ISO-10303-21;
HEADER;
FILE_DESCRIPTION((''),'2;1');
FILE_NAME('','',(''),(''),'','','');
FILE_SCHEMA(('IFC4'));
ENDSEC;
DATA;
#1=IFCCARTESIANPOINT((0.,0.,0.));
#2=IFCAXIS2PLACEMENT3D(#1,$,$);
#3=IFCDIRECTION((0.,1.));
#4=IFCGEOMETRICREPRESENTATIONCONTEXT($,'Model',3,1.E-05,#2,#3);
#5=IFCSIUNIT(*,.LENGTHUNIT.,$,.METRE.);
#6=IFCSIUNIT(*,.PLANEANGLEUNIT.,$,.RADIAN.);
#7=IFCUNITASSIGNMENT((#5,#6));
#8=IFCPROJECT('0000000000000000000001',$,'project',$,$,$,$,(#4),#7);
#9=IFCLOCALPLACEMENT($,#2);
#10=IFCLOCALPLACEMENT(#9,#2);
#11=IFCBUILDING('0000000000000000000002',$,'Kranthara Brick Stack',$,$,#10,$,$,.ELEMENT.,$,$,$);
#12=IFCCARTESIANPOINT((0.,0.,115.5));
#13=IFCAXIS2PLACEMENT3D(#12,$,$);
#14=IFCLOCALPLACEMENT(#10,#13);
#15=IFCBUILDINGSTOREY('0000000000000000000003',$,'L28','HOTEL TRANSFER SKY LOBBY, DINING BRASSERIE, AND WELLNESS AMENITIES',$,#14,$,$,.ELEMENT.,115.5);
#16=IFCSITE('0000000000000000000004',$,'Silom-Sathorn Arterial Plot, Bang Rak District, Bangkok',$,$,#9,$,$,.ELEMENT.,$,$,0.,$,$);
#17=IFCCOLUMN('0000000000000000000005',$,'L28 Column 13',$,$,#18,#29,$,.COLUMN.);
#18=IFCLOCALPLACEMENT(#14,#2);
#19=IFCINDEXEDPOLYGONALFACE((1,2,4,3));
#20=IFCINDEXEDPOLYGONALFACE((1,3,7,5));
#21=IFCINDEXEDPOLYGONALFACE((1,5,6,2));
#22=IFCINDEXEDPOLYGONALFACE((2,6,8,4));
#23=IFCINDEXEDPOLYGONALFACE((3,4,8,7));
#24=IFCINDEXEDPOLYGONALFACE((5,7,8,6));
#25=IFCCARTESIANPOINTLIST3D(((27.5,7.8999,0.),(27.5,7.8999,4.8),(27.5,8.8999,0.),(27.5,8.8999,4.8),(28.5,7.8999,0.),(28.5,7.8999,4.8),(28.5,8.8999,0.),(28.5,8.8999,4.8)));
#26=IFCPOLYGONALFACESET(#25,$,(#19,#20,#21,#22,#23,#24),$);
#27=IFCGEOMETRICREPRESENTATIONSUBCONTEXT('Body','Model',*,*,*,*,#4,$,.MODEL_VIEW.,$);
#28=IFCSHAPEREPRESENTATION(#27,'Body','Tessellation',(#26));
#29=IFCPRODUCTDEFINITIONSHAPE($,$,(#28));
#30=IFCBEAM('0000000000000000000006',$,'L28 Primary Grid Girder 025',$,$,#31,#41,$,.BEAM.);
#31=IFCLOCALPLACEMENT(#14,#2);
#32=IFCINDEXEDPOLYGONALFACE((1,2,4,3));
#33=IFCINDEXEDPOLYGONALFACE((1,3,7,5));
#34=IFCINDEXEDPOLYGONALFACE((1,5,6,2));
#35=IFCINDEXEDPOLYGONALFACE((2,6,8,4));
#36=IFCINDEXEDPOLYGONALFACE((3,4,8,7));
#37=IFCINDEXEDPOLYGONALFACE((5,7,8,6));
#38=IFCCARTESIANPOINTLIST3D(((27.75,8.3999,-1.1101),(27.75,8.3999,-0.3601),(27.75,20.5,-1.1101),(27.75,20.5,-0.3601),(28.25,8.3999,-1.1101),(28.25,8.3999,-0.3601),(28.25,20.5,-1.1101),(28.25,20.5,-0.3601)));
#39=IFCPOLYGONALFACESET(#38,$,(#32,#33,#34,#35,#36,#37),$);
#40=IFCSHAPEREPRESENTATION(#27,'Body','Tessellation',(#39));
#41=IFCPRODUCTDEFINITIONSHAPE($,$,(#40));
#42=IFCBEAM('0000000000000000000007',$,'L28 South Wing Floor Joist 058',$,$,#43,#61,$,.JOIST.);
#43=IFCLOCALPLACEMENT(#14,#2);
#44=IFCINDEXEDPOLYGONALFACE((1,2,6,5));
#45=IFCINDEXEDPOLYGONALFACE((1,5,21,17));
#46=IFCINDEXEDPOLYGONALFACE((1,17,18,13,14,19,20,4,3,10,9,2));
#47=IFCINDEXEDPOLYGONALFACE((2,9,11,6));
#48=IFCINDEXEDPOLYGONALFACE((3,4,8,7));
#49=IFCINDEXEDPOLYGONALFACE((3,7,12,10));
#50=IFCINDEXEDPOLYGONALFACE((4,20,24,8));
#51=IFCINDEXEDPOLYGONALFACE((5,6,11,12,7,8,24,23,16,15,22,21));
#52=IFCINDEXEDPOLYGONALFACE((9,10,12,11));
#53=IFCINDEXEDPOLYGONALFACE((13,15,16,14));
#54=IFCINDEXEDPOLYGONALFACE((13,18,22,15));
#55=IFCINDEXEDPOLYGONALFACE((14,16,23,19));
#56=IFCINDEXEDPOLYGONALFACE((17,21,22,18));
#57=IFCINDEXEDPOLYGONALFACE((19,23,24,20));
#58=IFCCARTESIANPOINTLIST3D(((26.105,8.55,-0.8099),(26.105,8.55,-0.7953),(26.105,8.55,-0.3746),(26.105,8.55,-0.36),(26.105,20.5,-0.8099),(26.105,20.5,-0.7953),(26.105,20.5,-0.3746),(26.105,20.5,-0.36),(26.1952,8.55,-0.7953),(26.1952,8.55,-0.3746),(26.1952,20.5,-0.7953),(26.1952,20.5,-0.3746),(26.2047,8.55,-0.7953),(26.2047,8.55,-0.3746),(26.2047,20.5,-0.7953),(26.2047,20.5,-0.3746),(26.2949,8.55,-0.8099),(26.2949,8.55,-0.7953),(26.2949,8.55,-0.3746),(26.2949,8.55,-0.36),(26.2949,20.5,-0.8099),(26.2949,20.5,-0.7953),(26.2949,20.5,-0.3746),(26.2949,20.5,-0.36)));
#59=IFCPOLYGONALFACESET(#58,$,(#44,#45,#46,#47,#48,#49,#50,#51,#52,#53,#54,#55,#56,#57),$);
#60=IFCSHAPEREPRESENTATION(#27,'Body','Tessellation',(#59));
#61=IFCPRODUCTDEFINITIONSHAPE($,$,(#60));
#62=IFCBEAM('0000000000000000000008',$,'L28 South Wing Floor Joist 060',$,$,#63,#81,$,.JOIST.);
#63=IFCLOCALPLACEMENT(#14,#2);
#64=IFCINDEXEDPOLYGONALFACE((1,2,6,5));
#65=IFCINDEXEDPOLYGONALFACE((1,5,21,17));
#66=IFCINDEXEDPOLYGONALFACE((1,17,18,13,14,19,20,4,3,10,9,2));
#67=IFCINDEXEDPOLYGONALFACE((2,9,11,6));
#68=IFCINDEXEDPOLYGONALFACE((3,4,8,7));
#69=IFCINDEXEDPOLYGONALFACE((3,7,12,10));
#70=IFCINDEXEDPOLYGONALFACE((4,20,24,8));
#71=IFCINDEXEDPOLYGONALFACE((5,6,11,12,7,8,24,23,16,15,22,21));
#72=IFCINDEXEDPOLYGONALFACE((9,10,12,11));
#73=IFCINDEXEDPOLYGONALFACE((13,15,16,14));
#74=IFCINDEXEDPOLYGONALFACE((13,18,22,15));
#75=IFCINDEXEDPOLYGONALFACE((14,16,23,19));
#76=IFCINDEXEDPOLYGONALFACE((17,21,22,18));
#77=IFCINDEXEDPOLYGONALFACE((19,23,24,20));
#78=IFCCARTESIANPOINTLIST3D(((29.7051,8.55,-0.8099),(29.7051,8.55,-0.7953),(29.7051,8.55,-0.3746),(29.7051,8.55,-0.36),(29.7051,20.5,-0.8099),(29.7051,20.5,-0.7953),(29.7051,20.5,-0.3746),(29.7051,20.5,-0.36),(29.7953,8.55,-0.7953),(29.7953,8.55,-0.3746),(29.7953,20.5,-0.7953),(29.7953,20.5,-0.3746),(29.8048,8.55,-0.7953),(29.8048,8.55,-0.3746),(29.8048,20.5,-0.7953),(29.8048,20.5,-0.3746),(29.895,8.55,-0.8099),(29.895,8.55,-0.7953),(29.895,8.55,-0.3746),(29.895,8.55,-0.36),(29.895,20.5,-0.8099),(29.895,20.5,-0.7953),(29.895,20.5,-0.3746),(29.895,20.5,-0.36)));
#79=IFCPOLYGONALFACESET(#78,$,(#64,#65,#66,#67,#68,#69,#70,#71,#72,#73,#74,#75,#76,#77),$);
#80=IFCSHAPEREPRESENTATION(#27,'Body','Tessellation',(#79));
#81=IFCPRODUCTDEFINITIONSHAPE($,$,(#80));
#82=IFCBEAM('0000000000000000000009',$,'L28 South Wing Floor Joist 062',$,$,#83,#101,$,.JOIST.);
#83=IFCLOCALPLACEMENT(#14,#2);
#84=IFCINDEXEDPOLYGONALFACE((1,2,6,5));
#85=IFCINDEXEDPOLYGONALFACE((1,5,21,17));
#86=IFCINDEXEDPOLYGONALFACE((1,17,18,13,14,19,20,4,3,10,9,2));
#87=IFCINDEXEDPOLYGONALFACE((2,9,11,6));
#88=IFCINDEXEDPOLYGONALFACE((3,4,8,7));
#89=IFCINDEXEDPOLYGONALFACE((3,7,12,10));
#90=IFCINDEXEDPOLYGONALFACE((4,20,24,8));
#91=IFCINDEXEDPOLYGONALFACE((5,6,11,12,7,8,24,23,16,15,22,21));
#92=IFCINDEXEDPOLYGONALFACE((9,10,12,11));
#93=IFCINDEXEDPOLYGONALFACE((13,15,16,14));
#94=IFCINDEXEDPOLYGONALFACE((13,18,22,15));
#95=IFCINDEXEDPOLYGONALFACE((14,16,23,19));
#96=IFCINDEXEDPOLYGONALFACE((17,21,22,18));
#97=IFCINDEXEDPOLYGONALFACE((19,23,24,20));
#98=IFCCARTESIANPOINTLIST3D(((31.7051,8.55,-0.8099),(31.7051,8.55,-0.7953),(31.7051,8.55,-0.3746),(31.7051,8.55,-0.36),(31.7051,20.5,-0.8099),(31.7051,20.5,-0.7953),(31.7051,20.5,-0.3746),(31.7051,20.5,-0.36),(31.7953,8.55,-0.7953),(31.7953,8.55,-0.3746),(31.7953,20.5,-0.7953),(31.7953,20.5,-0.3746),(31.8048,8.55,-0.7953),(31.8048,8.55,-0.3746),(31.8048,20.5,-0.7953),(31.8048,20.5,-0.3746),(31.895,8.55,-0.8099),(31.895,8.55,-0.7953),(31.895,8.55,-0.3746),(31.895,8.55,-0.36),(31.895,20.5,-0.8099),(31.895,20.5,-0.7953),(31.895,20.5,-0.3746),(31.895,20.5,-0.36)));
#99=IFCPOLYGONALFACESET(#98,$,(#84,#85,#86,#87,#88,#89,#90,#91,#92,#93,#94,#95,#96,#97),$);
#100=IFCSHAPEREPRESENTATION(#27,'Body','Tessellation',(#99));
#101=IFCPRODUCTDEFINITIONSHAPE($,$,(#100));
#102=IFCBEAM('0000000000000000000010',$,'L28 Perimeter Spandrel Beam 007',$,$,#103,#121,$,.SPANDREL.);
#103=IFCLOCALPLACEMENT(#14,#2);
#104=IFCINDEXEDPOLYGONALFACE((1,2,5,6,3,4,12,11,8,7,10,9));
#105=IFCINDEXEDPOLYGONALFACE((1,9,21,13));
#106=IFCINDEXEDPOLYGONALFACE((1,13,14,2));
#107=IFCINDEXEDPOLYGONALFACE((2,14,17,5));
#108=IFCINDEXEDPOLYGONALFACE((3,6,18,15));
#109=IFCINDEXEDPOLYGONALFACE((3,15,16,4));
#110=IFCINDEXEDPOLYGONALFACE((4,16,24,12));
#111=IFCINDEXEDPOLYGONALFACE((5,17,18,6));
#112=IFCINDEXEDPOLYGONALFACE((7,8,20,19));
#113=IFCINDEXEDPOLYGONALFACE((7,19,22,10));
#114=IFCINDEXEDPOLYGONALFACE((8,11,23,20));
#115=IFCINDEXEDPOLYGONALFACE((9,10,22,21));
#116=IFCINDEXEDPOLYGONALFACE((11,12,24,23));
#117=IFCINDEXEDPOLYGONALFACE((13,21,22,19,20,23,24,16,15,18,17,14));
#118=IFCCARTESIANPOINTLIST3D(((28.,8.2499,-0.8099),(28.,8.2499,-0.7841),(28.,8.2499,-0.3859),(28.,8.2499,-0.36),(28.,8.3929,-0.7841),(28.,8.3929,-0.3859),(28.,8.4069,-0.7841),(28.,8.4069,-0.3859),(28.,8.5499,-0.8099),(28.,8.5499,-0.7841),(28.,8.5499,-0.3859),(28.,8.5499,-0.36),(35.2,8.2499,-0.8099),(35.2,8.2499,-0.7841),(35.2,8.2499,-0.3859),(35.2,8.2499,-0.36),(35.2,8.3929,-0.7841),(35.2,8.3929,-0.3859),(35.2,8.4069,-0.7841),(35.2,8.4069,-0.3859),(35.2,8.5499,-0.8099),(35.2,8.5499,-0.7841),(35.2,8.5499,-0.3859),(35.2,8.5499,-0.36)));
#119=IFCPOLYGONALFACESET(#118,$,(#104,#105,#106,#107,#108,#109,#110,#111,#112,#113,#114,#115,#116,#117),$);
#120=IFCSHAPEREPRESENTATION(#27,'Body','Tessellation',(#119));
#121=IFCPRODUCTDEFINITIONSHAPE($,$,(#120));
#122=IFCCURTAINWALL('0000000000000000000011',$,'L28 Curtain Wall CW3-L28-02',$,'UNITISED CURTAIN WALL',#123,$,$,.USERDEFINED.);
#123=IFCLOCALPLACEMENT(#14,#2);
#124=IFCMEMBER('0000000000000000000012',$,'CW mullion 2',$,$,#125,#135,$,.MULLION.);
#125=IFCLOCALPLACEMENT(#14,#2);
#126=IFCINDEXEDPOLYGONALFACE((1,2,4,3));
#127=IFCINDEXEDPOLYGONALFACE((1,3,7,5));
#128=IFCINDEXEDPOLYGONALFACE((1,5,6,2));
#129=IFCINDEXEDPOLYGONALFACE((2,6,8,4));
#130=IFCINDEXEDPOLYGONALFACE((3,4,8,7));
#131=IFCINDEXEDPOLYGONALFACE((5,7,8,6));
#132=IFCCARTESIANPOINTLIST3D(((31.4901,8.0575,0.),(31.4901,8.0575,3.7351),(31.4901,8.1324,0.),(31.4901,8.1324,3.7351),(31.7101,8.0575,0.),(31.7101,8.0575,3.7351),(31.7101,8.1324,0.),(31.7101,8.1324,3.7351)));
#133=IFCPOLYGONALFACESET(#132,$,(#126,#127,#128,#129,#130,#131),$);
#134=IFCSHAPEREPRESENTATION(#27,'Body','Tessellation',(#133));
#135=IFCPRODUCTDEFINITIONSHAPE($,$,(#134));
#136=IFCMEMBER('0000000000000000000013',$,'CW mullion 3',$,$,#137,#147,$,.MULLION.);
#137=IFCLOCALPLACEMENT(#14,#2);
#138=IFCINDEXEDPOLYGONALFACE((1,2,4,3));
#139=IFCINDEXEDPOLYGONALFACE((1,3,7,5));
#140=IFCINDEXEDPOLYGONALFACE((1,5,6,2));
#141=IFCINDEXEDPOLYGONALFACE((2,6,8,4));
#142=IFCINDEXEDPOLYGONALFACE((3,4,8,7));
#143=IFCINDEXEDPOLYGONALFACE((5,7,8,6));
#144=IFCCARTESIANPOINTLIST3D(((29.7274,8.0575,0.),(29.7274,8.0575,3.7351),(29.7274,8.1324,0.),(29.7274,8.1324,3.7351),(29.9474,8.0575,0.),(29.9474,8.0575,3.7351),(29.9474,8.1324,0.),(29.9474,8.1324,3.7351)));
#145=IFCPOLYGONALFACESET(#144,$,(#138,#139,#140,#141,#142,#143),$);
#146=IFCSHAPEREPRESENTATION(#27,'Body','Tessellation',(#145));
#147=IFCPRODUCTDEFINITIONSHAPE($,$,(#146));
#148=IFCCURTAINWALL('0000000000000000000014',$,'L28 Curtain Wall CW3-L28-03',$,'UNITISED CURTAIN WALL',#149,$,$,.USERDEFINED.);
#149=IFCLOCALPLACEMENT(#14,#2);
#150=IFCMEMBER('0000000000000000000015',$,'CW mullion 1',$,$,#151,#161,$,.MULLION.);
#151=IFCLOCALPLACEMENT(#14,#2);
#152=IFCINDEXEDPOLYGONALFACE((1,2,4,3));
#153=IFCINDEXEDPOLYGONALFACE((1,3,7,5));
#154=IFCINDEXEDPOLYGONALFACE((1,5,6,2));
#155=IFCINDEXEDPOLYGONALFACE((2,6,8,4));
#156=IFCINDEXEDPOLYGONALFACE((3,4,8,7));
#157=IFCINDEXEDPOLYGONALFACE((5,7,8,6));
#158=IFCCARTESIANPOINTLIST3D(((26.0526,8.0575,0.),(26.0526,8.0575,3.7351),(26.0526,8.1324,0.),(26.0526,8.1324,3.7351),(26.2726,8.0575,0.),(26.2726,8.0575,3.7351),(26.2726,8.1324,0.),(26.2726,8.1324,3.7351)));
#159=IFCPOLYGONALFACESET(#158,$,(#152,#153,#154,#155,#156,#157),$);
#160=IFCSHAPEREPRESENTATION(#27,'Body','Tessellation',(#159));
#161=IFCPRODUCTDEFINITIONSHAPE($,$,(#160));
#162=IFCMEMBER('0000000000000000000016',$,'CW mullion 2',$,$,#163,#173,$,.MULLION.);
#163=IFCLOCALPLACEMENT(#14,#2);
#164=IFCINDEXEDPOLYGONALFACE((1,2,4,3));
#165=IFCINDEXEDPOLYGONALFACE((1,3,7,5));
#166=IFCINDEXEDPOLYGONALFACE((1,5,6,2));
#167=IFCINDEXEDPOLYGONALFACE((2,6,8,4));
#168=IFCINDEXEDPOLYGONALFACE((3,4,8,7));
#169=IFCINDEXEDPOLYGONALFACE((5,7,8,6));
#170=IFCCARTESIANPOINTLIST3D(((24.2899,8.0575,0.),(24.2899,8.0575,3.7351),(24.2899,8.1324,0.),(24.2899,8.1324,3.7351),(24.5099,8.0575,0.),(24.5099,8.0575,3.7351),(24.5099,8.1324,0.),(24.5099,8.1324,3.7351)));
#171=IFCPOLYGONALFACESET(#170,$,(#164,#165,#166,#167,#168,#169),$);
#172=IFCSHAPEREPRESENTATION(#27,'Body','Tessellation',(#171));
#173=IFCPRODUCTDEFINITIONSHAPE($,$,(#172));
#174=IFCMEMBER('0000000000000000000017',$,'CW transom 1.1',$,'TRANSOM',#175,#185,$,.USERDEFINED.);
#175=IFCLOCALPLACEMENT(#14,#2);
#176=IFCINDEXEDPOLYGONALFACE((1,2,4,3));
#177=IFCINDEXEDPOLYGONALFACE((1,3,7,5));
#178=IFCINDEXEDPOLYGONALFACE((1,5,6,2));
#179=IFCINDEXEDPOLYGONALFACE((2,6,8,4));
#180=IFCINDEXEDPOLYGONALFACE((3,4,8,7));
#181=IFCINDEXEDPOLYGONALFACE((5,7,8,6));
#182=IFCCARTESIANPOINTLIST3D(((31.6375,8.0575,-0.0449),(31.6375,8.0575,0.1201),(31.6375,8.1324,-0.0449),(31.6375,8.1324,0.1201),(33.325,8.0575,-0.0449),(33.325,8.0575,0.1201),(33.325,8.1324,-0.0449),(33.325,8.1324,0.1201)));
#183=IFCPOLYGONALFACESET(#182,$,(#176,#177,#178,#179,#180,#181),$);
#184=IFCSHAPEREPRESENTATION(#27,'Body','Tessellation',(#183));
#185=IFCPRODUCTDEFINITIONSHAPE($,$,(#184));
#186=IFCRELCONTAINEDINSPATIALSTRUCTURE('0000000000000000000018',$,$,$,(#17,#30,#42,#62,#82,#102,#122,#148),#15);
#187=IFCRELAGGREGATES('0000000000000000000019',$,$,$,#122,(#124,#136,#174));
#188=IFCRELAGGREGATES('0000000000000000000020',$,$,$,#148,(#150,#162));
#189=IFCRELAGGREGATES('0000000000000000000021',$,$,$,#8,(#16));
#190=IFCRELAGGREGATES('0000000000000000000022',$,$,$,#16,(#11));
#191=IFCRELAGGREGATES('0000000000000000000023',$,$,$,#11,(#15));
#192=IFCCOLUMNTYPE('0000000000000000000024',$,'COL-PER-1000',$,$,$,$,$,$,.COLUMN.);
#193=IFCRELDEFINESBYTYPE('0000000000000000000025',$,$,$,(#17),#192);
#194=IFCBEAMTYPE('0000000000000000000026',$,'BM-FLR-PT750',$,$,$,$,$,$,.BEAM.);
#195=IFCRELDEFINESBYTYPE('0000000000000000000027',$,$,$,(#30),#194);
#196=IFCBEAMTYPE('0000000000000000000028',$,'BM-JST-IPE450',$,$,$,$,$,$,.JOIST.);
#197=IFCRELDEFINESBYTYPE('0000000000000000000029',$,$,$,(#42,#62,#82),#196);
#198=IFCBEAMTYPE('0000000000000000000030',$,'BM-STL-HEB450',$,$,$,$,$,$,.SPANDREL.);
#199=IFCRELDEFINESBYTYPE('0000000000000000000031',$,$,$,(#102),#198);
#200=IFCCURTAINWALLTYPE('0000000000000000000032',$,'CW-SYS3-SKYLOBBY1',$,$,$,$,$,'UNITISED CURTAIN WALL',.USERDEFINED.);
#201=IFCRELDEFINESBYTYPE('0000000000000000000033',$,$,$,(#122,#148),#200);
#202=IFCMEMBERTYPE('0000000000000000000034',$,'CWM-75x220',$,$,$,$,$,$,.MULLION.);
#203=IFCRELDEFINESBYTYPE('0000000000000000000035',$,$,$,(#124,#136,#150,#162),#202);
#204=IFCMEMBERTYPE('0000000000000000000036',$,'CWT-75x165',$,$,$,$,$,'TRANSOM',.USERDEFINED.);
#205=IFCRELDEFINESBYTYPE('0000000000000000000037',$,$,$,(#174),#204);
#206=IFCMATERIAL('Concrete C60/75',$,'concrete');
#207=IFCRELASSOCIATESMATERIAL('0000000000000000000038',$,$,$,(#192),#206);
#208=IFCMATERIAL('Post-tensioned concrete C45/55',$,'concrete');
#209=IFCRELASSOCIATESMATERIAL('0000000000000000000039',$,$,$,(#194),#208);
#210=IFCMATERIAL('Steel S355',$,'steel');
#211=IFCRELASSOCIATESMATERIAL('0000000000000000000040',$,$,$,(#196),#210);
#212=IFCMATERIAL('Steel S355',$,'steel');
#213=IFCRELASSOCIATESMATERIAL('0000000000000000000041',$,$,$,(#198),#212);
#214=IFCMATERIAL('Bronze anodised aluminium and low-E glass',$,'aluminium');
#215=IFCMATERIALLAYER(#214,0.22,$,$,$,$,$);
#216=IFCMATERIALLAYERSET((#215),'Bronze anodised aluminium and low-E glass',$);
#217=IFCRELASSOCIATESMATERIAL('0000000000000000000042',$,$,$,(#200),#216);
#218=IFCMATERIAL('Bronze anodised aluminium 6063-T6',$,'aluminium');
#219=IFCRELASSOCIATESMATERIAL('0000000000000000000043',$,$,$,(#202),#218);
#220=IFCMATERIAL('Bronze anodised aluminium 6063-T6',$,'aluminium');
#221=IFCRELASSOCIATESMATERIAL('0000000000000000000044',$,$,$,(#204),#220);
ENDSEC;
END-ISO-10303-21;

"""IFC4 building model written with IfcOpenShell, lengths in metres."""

from ifc_helpers import new_model, si_unit, direction, frame, origin, origin_2d, place, context, subcontext, project, spatial, rectangle, i_section, extrude, material, layer, layer_set, material_profile, profile_set, type_object, element, aggregate, save


model = new_model("IFC4")

# Units and contexts
model_context = context("Model", 3, precision=1e-05, world=origin(), true_north=direction((0.0, 1.0)))
body_context = subcontext(model_context, "Body", "Model", "MODEL_VIEW")
ifc_project = project(units=[si_unit("LENGTHUNIT", "METRE"), si_unit("PLANEANGLEUNIT", "RADIAN")], contexts=[model_context])

# Site, building, storey
site_placement = place(None, origin())
site = spatial("IfcSite", under=ifc_project, at=site_placement, Name="Silom-Sathorn Arterial Plot, Bang Rak District, Bangkok", CompositionType="ELEMENT", RefElevation=0.0)
building_placement = place(site_placement, origin())
building = spatial("IfcBuilding", under=site, at=building_placement, Name="Kranthara Brick Stack", CompositionType="ELEMENT")
storey_placement = place(building_placement, frame((0.0, 0.0, 115.5)))
storey = spatial("IfcBuildingStorey", under=building, at=storey_placement, Name="L28", Description="HOTEL TRANSFER SKY LOBBY, DINING BRASSERIE, AND WELLNESS AMENITIES", CompositionType="ELEMENT", Elevation=115.5)

# Column
ifc_material_1 = material(Name="Concrete C60/75", Category="concrete")
ifc_material_profile_1 = material_profile(ifc_material_1, rectangle(XDim=1.0, YDim=1.0, at=origin_2d()), Name="RC 1000x1000")
ifc_profile_set_1 = profile_set([ifc_material_profile_1], Name="Concrete C60/75")
column_type = type_object("IfcColumnType", Name="COL-PER-1000", PredefinedType="COLUMN", material=ifc_profile_set_1)
column_placement = place(storey_placement, frame((28.0, 8.3999, 0.0), z_axis=(0.0, 0.0, 1.0), x_axis=(1.0, 0.0, 0.0)))
element("IfcColumn", 1, at=column_placement, inside=storey, type_object=column_type, Name="L28 Column 13", PredefinedType="COLUMN", context=body_context, shape_type="SweptSolid", body=[
    extrude(rectangle(XDim=1.0, YDim=1.0, at=origin_2d()), origin(), (0.0, 0.0, 1.0), 4.8),
])

# Beams
ifc_material_2 = material(Name="Post-tensioned concrete C45/55", Category="concrete")
ifc_material_profile_2 = material_profile(ifc_material_2, rectangle(XDim=0.5, YDim=0.75, at=origin_2d()), Name="PT 500x750")
ifc_profile_set_2 = profile_set([ifc_material_profile_2], Name="Post-tensioned concrete C45/55")
beam_type_1 = type_object("IfcBeamType", Name="BM-FLR-PT750", PredefinedType="BEAM", material=ifc_profile_set_2)
beam_1_placement = place(storey_placement, frame((28.0, 8.3999, -0.7351), z_axis=(0.0, 1.0, 0.0), x_axis=(-1.0, 0.0, 0.0)))
element("IfcBeam", 2, at=beam_1_placement, inside=storey, type_object=beam_type_1, Name="L28 Primary Grid Girder 025", PredefinedType="BEAM", context=body_context, shape_type="SweptSolid", body=[
    extrude(rectangle(XDim=0.5, YDim=0.75, at=origin_2d()), origin(), (0.0, 0.0, 1.0), 12.1001),
])
ifc_material_3 = material(Name="Steel S355", Category="steel")
ifc_material_profile_3 = material_profile(ifc_material_3, i_section(OverallWidth=0.1899, OverallDepth=0.45, WebThickness=0.0095, FlangeThickness=0.0146, at=origin_2d()), Name="IPE 450")
ifc_profile_set_3 = profile_set([ifc_material_profile_3], Name="Steel S355")
beam_type_2 = type_object("IfcBeamType", Name="BM-JST-IPE450", PredefinedType="JOIST", material=ifc_profile_set_3)
for number, where, z_axis, x_axis, name in (
    (3, (26.2, 8.55, -0.585), (0.0, 1.0, 0.0), (-1.0, 0.0, 0.0), "L28 South Wing Floor Joist 058"),
    (4, (29.8, 8.55, -0.585), (0.0, 1.0, 0.0), (-1.0, 0.0, 0.0), "L28 South Wing Floor Joist 060"),
    (5, (31.8, 8.55, -0.585), (0.0, 1.0, 0.0), (-1.0, 0.0, 0.0), "L28 South Wing Floor Joist 062"),
):
    element("IfcBeam", number, at=place(storey_placement, frame(where, z_axis=z_axis, x_axis=x_axis)), inside=storey, type_object=beam_type_2, Name=name, PredefinedType="JOIST", context=body_context, shape_type="SweptSolid", body=[
        extrude(i_section(OverallWidth=0.1899, OverallDepth=0.45, WebThickness=0.0095, FlangeThickness=0.0146, at=origin_2d()), origin(), (0.0, 0.0, 1.0), 11.95),
    ])
ifc_material_4 = material(Name="Steel S355", Category="steel")
ifc_material_profile_4 = material_profile(ifc_material_4, i_section(OverallWidth=0.3, OverallDepth=0.45, WebThickness=0.0139, FlangeThickness=0.0259, at=origin_2d()), Name="HEB 450")
ifc_profile_set_4 = profile_set([ifc_material_profile_4], Name="Steel S355")
beam_type_3 = type_object("IfcBeamType", Name="BM-STL-HEB450", PredefinedType="SPANDREL", material=ifc_profile_set_4)
beam_2_placement = place(storey_placement, frame((28.0, 8.3999, -0.585), z_axis=(1.0, 0.0, 0.0), x_axis=(0.0, 1.0, 0.0)))
element("IfcBeam", 6, at=beam_2_placement, inside=storey, type_object=beam_type_3, Name="L28 Perimeter Spandrel Beam 007", PredefinedType="SPANDREL", context=body_context, shape_type="SweptSolid", body=[
    extrude(i_section(OverallWidth=0.3, OverallDepth=0.45, WebThickness=0.0139, FlangeThickness=0.0259, at=origin_2d()), origin(), (0.0, 0.0, 1.0), 7.2),
])

# Curtain walls, members
ifc_material_5 = material(Name="Bronze anodised aluminium and low-E glass", Category="aluminium")
ifc_layer_1 = layer(ifc_material_5, 0.22)
ifc_layer_set_1 = layer_set([ifc_layer_1], Name="Bronze anodised aluminium and low-E glass")
curtain_wall_type = type_object("IfcCurtainWallType", Name="CW-SYS3-SKYLOBBY1", ElementType="UNITISED CURTAIN WALL", PredefinedType="USERDEFINED", material=ifc_layer_set_1)
curtain_wall_1_placement = place(storey_placement, origin())
curtain_wall_1 = element("IfcCurtainWall", 7, at=curtain_wall_1_placement, inside=storey, type_object=curtain_wall_type, Name="L28 Curtain Wall CW3-L28-02", ObjectType="UNITISED CURTAIN WALL", PredefinedType="USERDEFINED")
ifc_material_6 = material(Name="Bronze anodised aluminium 6063-T6", Category="aluminium")
ifc_material_profile_5 = material_profile(ifc_material_6, rectangle(XDim=0.075, YDim=0.22, at=origin_2d()), Name="ALU MULLION 75x220")
ifc_profile_set_5 = profile_set([ifc_material_profile_5], Name="Bronze anodised aluminium 6063-T6")
member_type_1 = type_object("IfcMemberType", Name="CWM-75x220", PredefinedType="MULLION", material=ifc_profile_set_5)
member_1_placement = place(storey_placement, frame((31.6001, 8.095, 0.0), z_axis=(0.0, 0.0, 1.0), x_axis=(0.0, -1.0, 0.0)))
member_1 = element("IfcMember", 8, at=member_1_placement, type_object=member_type_1, Name="CW mullion 2", PredefinedType="MULLION", context=body_context, shape_type="SweptSolid", body=[
    extrude(rectangle(XDim=0.075, YDim=0.22, at=origin_2d()), origin(), (0.0, 0.0, 1.0), 3.7351),
])
member_2_placement = place(storey_placement, frame((29.8374, 8.095, 0.0), z_axis=(0.0, 0.0, 1.0), x_axis=(0.0, -1.0, 0.0)))
member_2 = element("IfcMember", 9, at=member_2_placement, type_object=member_type_1, Name="CW mullion 3", PredefinedType="MULLION", context=body_context, shape_type="SweptSolid", body=[
    extrude(rectangle(XDim=0.075, YDim=0.22, at=origin_2d()), origin(), (0.0, 0.0, 1.0), 3.7351),
])
curtain_wall_2_placement = place(storey_placement, origin())
curtain_wall_2 = element("IfcCurtainWall", 10, at=curtain_wall_2_placement, inside=storey, type_object=curtain_wall_type, Name="L28 Curtain Wall CW3-L28-03", ObjectType="UNITISED CURTAIN WALL", PredefinedType="USERDEFINED")
member_3_placement = place(storey_placement, frame((26.1626, 8.095, 0.0), z_axis=(0.0, 0.0, 1.0), x_axis=(0.0, -1.0, 0.0)))
member_3 = element("IfcMember", 11, at=member_3_placement, type_object=member_type_1, Name="CW mullion 1", PredefinedType="MULLION", context=body_context, shape_type="SweptSolid", body=[
    extrude(rectangle(XDim=0.075, YDim=0.22, at=origin_2d()), origin(), (0.0, 0.0, 1.0), 3.7351),
])
member_4_placement = place(storey_placement, frame((24.3999, 8.095, 0.0), z_axis=(0.0, 0.0, 1.0), x_axis=(0.0, -1.0, 0.0)))
member_4 = element("IfcMember", 12, at=member_4_placement, type_object=member_type_1, Name="CW mullion 2", PredefinedType="MULLION", context=body_context, shape_type="SweptSolid", body=[
    extrude(rectangle(XDim=0.075, YDim=0.22, at=origin_2d()), origin(), (0.0, 0.0, 1.0), 3.7351),
])

# Member
ifc_material_7 = material(Name="Bronze anodised aluminium 6063-T6", Category="aluminium")
ifc_material_profile_6 = material_profile(ifc_material_7, rectangle(XDim=0.075, YDim=0.165, at=origin_2d()), Name="ALU TRANSOM 75x165")
ifc_profile_set_6 = profile_set([ifc_material_profile_6], Name="Bronze anodised aluminium 6063-T6")
member_type_2 = type_object("IfcMemberType", Name="CWT-75x165", ElementType="TRANSOM", PredefinedType="USERDEFINED", material=ifc_profile_set_6)
member_5_placement = place(storey_placement, frame((33.325, 8.095, 0.0376), z_axis=(-1.0, 0.0, 0.0), x_axis=(0.0, -1.0, 0.0)))
member_5 = element("IfcMember", 13, at=member_5_placement, type_object=member_type_2, Name="CW transom 1.1", ObjectType="TRANSOM", PredefinedType="USERDEFINED", context=body_context, shape_type="SweptSolid", body=[
    extrude(rectangle(XDim=0.075, YDim=0.165, at=origin_2d()), origin(), (0.0, 0.0, 1.0), 1.6875),
])

aggregate(curtain_wall_1, [member_1, member_2, member_5])
aggregate(curtain_wall_2, [member_3, member_4])

save(model, "model.ifc")
